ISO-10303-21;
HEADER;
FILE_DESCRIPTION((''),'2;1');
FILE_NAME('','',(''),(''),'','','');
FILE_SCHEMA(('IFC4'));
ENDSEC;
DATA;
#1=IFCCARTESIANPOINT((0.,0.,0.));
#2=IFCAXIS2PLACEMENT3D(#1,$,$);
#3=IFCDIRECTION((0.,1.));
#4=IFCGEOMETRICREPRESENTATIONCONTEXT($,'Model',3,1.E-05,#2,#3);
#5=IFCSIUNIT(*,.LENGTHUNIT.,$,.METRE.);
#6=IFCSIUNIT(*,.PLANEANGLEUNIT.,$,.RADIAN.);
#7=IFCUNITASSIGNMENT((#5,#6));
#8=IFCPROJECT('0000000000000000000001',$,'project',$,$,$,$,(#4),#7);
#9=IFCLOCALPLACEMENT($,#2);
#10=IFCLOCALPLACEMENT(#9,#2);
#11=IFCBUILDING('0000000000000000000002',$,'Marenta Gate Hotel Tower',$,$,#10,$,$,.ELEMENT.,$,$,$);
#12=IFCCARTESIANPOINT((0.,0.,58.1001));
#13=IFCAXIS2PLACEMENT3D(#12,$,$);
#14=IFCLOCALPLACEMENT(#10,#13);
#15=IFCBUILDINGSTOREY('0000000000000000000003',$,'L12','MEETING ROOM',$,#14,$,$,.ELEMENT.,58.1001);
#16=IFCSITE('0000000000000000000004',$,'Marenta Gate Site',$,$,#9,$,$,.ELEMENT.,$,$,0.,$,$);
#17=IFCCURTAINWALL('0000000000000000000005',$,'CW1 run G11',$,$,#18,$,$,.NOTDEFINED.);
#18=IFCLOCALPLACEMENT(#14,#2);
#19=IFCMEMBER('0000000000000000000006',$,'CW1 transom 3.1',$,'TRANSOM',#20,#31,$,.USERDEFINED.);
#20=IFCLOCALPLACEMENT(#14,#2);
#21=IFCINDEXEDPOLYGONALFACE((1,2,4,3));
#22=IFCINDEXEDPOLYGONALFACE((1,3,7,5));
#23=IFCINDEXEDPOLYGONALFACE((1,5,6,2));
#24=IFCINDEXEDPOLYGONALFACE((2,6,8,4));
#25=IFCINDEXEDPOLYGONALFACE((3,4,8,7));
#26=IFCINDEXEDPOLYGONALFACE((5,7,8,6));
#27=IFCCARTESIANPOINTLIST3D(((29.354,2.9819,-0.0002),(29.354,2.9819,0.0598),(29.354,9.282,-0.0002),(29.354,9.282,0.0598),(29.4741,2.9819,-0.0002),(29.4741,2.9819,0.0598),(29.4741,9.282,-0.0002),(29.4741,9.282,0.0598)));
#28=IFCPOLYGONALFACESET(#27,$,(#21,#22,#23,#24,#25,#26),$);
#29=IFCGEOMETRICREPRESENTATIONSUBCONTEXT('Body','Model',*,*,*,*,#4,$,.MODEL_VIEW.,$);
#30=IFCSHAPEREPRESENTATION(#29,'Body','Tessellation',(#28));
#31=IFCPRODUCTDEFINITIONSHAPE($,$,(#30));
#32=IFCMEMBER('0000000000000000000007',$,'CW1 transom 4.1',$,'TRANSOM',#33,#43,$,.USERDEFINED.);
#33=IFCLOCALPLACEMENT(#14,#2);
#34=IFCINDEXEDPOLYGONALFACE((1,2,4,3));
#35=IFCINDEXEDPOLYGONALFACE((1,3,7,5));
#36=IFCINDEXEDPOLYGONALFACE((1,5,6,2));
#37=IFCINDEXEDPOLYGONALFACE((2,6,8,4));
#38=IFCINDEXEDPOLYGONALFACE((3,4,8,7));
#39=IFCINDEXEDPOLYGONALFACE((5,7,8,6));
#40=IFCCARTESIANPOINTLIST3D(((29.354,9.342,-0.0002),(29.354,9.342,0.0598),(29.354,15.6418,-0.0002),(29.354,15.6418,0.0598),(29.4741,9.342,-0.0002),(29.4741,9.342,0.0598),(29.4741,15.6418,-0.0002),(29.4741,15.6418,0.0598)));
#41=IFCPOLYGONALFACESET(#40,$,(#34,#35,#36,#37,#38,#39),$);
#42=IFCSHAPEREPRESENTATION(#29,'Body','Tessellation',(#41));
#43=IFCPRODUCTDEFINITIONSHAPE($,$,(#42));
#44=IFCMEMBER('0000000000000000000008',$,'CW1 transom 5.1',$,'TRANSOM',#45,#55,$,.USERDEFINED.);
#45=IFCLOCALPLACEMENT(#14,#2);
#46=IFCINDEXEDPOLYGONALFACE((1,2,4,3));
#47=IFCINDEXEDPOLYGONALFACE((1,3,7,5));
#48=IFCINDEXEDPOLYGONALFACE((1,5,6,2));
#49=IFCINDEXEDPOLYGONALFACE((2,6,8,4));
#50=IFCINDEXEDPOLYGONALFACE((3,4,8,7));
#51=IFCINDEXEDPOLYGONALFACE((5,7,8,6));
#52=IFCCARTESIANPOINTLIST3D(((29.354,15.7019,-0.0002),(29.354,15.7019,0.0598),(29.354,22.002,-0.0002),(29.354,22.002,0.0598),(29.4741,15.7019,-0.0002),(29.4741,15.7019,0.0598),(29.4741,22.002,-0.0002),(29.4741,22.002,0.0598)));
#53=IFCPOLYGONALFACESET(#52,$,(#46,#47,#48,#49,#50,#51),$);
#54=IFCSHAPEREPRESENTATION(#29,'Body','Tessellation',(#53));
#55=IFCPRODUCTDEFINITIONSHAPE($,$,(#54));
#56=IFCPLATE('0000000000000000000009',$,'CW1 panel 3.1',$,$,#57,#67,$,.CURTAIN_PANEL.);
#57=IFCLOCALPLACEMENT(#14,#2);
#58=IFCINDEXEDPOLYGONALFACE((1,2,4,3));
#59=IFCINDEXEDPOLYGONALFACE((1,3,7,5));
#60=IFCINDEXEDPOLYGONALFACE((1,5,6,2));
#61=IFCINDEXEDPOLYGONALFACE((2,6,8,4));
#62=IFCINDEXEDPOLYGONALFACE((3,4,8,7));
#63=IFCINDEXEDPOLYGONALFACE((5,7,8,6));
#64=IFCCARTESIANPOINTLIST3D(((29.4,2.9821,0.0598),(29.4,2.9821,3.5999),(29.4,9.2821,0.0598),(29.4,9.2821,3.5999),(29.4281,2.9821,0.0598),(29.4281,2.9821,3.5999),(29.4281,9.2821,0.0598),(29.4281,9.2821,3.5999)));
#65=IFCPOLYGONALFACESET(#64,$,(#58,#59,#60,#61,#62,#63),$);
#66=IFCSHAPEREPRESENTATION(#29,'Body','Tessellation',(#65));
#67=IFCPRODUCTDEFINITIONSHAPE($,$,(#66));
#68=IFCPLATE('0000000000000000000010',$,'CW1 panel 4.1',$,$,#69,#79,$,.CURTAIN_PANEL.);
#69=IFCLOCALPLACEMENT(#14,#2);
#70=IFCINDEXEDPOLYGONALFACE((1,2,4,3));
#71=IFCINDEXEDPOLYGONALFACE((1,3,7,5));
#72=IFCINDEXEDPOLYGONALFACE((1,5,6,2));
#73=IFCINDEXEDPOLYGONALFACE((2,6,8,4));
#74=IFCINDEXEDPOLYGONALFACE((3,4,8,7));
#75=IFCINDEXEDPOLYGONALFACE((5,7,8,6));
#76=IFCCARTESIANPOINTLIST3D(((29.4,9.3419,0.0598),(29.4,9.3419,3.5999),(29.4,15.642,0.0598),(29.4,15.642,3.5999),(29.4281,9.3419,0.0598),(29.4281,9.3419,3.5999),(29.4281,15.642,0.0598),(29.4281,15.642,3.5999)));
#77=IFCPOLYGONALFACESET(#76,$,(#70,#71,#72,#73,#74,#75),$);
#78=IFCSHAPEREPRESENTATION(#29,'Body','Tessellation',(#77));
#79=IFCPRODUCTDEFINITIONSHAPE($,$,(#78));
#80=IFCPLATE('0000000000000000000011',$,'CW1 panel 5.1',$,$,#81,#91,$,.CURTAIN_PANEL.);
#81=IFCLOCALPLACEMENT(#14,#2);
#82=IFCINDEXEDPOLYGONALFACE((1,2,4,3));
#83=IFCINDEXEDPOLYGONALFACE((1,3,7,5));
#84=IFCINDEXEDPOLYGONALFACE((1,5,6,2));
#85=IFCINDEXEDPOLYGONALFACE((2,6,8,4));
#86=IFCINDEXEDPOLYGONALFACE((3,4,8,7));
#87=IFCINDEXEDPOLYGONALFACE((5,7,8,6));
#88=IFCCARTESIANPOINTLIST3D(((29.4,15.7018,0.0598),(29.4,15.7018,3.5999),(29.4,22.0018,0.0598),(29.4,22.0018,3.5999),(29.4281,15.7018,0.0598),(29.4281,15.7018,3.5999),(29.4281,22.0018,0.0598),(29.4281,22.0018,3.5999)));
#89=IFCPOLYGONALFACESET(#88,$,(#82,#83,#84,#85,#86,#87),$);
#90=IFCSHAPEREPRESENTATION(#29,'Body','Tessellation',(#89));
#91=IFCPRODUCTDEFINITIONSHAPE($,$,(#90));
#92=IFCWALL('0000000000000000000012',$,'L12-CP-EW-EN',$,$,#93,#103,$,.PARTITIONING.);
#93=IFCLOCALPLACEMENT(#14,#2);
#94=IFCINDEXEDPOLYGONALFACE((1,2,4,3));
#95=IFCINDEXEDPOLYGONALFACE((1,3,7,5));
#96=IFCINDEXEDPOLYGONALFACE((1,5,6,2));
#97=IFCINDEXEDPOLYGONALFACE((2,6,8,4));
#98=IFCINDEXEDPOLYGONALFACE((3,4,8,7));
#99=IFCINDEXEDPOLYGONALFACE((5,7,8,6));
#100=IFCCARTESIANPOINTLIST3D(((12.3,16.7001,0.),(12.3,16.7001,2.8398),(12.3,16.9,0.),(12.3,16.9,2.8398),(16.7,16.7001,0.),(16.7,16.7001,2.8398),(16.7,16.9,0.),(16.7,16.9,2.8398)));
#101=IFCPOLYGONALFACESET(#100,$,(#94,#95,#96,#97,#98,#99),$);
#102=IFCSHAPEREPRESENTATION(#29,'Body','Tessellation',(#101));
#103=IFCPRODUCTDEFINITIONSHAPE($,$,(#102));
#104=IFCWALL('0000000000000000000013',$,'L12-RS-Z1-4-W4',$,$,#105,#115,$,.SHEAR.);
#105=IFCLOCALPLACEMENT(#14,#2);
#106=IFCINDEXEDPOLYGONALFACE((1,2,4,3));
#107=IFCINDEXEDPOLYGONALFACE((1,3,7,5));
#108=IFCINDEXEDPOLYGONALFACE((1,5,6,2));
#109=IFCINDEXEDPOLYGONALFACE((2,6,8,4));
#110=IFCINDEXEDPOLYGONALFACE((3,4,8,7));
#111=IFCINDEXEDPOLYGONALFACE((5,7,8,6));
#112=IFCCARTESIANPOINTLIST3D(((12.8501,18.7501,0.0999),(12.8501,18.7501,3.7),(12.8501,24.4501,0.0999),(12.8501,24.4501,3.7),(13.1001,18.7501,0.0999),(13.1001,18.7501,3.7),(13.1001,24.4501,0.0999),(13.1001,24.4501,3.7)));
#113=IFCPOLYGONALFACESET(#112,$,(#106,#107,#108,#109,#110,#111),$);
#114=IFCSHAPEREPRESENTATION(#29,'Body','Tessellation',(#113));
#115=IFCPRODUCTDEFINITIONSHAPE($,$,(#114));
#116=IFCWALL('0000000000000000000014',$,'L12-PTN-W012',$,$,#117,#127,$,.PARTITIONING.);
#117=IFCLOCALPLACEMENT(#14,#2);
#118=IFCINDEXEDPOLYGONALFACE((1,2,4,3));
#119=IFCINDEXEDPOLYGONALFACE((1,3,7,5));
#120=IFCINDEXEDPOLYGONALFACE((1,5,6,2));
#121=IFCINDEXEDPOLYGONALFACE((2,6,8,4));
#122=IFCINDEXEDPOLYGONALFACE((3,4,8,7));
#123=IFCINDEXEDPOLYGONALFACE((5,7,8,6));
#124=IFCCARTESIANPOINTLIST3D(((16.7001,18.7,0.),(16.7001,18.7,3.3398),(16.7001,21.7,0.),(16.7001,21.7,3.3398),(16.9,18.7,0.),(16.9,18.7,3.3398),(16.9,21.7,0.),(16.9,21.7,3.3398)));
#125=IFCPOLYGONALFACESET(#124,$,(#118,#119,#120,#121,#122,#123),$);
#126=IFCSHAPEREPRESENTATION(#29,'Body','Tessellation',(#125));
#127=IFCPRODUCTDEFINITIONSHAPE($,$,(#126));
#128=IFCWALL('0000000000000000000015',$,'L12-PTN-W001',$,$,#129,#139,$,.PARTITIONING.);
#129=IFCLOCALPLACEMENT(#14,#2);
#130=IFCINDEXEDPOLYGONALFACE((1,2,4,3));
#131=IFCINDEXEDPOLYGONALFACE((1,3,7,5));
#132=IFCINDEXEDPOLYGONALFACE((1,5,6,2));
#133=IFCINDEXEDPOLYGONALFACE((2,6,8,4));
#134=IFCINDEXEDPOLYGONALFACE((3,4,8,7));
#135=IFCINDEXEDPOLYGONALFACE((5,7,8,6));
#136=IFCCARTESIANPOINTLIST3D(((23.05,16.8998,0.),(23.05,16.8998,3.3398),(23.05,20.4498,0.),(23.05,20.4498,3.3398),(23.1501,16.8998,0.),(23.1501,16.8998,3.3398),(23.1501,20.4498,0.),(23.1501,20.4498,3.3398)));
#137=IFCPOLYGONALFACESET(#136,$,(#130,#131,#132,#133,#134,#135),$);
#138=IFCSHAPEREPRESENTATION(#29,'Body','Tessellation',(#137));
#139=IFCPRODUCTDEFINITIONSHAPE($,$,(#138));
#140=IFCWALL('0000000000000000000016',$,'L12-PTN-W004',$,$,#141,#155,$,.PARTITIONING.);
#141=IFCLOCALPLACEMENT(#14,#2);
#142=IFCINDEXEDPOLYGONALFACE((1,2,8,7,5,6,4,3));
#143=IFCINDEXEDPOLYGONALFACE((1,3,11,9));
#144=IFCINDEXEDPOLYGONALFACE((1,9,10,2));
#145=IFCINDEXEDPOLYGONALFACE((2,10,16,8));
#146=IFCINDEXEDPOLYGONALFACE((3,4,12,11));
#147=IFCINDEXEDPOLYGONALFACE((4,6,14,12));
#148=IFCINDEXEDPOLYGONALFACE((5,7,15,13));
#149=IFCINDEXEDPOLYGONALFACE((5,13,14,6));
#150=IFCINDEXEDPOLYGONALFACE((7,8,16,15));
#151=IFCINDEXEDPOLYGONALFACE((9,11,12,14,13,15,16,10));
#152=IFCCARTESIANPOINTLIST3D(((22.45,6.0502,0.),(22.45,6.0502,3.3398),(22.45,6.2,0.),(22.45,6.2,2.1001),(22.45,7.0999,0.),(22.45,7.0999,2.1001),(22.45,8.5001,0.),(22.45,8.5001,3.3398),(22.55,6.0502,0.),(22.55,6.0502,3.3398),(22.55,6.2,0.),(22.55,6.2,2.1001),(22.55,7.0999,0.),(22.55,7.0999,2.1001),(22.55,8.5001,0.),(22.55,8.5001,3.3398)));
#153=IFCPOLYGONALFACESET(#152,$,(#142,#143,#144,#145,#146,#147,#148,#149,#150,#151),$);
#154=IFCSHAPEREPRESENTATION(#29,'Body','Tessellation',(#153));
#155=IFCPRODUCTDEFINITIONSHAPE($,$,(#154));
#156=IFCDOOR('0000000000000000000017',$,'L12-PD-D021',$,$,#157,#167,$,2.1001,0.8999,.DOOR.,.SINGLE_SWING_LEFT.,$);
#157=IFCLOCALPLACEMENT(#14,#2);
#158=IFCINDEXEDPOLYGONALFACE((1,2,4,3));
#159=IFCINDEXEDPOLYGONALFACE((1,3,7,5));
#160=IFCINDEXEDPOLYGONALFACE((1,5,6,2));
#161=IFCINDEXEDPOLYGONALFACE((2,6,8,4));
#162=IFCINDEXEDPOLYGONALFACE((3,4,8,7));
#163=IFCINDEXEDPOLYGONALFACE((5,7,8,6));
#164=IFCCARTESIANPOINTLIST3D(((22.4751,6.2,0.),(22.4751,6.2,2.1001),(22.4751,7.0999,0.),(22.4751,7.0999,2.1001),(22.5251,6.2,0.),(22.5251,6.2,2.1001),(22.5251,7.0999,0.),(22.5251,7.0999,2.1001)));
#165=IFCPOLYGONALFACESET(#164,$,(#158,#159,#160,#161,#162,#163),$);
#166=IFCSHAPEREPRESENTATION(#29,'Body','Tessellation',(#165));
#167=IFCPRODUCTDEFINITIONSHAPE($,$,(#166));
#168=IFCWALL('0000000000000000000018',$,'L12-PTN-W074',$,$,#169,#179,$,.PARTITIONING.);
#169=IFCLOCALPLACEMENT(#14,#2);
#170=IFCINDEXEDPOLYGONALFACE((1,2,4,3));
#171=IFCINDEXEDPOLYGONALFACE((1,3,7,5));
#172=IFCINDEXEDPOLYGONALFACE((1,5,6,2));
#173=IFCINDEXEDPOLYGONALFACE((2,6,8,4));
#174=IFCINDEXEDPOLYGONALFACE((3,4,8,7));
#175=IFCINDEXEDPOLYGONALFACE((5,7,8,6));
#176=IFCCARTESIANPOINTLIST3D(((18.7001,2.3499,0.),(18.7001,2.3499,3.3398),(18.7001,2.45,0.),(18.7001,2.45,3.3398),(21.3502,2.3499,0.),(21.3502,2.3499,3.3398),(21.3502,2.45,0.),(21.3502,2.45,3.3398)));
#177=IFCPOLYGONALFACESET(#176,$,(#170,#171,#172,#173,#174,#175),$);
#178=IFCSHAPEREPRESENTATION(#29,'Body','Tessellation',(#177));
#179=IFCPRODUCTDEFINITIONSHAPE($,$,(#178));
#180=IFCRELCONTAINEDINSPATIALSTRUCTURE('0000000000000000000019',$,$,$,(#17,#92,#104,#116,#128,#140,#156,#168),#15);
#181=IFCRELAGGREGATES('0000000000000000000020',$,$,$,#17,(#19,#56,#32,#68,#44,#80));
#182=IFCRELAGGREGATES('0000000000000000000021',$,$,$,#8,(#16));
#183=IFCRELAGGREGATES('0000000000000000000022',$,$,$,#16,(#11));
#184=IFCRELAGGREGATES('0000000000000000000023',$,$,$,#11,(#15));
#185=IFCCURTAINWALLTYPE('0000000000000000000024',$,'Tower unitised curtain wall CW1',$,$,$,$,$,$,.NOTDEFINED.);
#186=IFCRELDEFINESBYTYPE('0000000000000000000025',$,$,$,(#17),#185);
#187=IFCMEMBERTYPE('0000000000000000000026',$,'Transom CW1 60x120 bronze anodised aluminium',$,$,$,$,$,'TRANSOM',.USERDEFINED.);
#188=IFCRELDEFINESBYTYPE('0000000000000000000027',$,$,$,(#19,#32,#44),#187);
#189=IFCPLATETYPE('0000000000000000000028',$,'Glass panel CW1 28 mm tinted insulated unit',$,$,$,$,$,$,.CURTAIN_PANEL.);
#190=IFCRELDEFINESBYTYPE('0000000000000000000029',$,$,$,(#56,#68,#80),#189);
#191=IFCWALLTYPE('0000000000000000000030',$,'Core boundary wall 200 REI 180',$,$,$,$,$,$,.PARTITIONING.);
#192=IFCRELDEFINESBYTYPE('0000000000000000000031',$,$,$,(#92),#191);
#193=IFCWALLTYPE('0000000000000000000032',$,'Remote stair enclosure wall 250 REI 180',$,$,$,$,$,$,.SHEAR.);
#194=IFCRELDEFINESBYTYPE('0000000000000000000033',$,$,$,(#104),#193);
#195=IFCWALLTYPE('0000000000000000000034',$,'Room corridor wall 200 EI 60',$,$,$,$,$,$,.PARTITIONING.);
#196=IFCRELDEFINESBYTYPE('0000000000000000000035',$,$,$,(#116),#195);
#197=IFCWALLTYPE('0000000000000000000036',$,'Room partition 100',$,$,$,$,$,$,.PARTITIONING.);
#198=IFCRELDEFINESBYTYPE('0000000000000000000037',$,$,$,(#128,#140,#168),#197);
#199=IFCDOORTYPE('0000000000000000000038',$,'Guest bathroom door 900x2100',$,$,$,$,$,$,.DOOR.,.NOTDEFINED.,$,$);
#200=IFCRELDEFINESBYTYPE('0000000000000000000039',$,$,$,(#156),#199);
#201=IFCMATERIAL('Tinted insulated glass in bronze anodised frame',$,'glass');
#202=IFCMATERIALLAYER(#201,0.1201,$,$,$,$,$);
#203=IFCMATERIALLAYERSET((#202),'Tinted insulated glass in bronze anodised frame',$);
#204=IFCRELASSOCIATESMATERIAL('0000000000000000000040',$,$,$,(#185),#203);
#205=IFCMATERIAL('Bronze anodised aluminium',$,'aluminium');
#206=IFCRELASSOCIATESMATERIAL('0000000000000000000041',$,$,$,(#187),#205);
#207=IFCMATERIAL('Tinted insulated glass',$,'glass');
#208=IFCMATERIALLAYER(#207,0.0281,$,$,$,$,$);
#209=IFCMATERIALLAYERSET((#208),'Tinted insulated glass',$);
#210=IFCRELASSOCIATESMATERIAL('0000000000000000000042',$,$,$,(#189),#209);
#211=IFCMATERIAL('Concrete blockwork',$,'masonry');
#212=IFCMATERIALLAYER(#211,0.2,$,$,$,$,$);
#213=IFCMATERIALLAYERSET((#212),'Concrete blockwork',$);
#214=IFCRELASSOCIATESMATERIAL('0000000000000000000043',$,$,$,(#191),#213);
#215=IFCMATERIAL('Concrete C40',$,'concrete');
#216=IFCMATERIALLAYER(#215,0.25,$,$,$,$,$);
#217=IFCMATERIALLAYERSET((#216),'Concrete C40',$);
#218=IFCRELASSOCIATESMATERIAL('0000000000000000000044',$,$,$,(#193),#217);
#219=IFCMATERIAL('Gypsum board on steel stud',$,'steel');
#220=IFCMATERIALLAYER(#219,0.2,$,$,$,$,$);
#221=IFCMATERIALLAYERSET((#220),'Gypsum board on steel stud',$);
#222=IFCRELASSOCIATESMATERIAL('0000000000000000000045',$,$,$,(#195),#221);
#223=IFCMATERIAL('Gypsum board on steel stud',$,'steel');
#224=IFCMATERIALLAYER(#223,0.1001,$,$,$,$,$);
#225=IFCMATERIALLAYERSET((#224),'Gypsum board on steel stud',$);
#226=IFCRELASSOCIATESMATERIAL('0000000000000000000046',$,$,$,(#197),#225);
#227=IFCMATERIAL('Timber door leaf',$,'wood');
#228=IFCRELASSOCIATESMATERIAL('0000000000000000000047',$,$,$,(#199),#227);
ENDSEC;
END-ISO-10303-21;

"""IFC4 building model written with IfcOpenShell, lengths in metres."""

from ifc_helpers import new_model, si_unit, direction, frame, frame_2d, origin, origin_2d, place, context, subcontext, project, spatial, rectangle, extrude, material, layer, layer_set, material_profile, profile_set, type_object, element, fill, aggregate, save


model = new_model("IFC4")

# Units and contexts
model_context = context("Model", 3, precision=1e-05, world=origin(), true_north=direction((0.0, 1.0)))
body_context = subcontext(model_context, "Body", "Model", "MODEL_VIEW")
ifc_project = project(units=[si_unit("LENGTHUNIT", "METRE"), si_unit("PLANEANGLEUNIT", "RADIAN")], contexts=[model_context])

# Site, building, storey
site_placement = place(None, origin())
site = spatial("IfcSite", under=ifc_project, at=site_placement, Name="Marenta Gate Site", CompositionType="ELEMENT", RefElevation=0.0)
building_placement = place(site_placement, origin())
building = spatial("IfcBuilding", under=site, at=building_placement, Name="Marenta Gate Hotel Tower", CompositionType="ELEMENT")
storey_placement = place(building_placement, frame((0.0, 0.0, 58.1001)))
storey = spatial("IfcBuildingStorey", under=building, at=storey_placement, Name="L12", Description="MEETING ROOM", CompositionType="ELEMENT", Elevation=58.1001)

# Curtain wall, members, plates
ifc_material_1 = material(Name="Tinted insulated glass in bronze anodised frame", Category="glass")
ifc_layer_1 = layer(ifc_material_1, 0.1201)
ifc_layer_set_1 = layer_set([ifc_layer_1], Name="Tinted insulated glass in bronze anodised frame")
curtain_wall_type = type_object("IfcCurtainWallType", Name="Tower unitised curtain wall CW1", PredefinedType="NOTDEFINED", material=ifc_layer_set_1)
curtain_wall_placement = place(storey_placement, origin())
curtain_wall = element("IfcCurtainWall", 1, at=curtain_wall_placement, inside=storey, type_object=curtain_wall_type, Name="CW1 run G11", PredefinedType="NOTDEFINED")
ifc_material_2 = material(Name="Bronze anodised aluminium", Category="aluminium")
ifc_material_profile_1 = material_profile(ifc_material_2, rectangle(XDim=0.1201, YDim=0.0601, at=origin_2d()), Name="Transom CW1 60x120 bronze anodised aluminium")
ifc_profile_set_1 = profile_set([ifc_material_profile_1], Name="Bronze anodised aluminium")
member_type_1 = type_object("IfcMemberType", Name="Transom CW1 60x120 bronze anodised aluminium", ElementType="TRANSOM", PredefinedType="USERDEFINED", material=ifc_profile_set_1)
member_1_placement = place(storey_placement, frame((29.4141, 2.9819, 0.0298), z_axis=(0.0, 1.0, 0.0), x_axis=(-1.0, 0.0, 0.0)))
member_1 = element("IfcMember", 2, at=member_1_placement, type_object=member_type_1, Name="CW1 transom 3.1", ObjectType="TRANSOM", PredefinedType="USERDEFINED", context=body_context, shape_type="SweptSolid", body=[
    extrude(rectangle(XDim=0.1201, YDim=0.0601, at=origin_2d()), origin(), (0.0, 0.0, 1.0), 6.3),
])
member_2_placement = place(storey_placement, frame((29.4141, 9.342, 0.0298), z_axis=(0.0, 1.0, 0.0), x_axis=(-1.0, 0.0, 0.0)))
member_2 = element("IfcMember", 3, at=member_2_placement, type_object=member_type_1, Name="CW1 transom 4.1", ObjectType="TRANSOM", PredefinedType="USERDEFINED", context=body_context, shape_type="SweptSolid", body=[
    extrude(rectangle(XDim=0.1201, YDim=0.0601, at=origin_2d()), origin(), (0.0, 0.0, 1.0), 6.2998),
])
member_3_placement = place(storey_placement, frame((29.4141, 15.7019, 0.0298), z_axis=(0.0, 1.0, 0.0), x_axis=(-1.0, 0.0, 0.0)))
member_3 = element("IfcMember", 4, at=member_3_placement, type_object=member_type_1, Name="CW1 transom 5.1", ObjectType="TRANSOM", PredefinedType="USERDEFINED", context=body_context, shape_type="SweptSolid", body=[
    extrude(rectangle(XDim=0.1201, YDim=0.0601, at=origin_2d()), origin(), (0.0, 0.0, 1.0), 6.3),
])
ifc_material_3 = material(Name="Tinted insulated glass", Category="glass")
ifc_layer_2 = layer(ifc_material_3, 0.0281)
ifc_layer_set_2 = layer_set([ifc_layer_2], Name="Tinted insulated glass")
plate_type = type_object("IfcPlateType", Name="Glass panel CW1 28 mm tinted insulated unit", PredefinedType="CURTAIN_PANEL", material=ifc_layer_set_2)
plate_1_placement = place(storey_placement, frame((29.4141, 6.1321, 0.0598), z_axis=(0.0, 0.0, 1.0), x_axis=(0.0, 1.0, 0.0)))
plate_1 = element("IfcPlate", 5, at=plate_1_placement, type_object=plate_type, Name="CW1 panel 3.1", PredefinedType="CURTAIN_PANEL", context=body_context, shape_type="SweptSolid", body=[
    extrude(rectangle(XDim=6.3, YDim=0.0281, at=origin_2d()), origin(), (0.0, 0.0, 1.0), 3.54),
])
plate_2_placement = place(storey_placement, frame((29.4141, 12.4919, 0.0598), z_axis=(0.0, 0.0, 1.0), x_axis=(0.0, 1.0, 0.0)))
plate_2 = element("IfcPlate", 6, at=plate_2_placement, type_object=plate_type, Name="CW1 panel 4.1", PredefinedType="CURTAIN_PANEL", context=body_context, shape_type="SweptSolid", body=[
    extrude(rectangle(XDim=6.3, YDim=0.0281, at=origin_2d()), origin(), (0.0, 0.0, 1.0), 3.54),
])
plate_3_placement = place(storey_placement, frame((29.4141, 18.8518, 0.0598), z_axis=(0.0, 0.0, 1.0), x_axis=(0.0, 1.0, 0.0)))
plate_3 = element("IfcPlate", 7, at=plate_3_placement, type_object=plate_type, Name="CW1 panel 5.1", PredefinedType="CURTAIN_PANEL", context=body_context, shape_type="SweptSolid", body=[
    extrude(rectangle(XDim=6.3, YDim=0.0281, at=origin_2d()), origin(), (0.0, 0.0, 1.0), 3.54),
])
aggregate(curtain_wall, [member_1, plate_1, member_2, plate_2, member_3, plate_3])

# Walls
ifc_material_4 = material(Name="Concrete blockwork", Category="masonry")
ifc_layer_3 = layer(ifc_material_4, 0.2)
ifc_layer_set_3 = layer_set([ifc_layer_3], Name="Concrete blockwork")
wall_type_1 = type_object("IfcWallType", Name="Core boundary wall 200 REI 180", PredefinedType="PARTITIONING", material=ifc_layer_set_3)
wall_1_placement = place(storey_placement, frame((12.3, 16.8, 0.0), z_axis=(0.0, 0.0, 1.0), x_axis=(1.0, 0.0, 0.0)))
element("IfcWall", 8, at=wall_1_placement, inside=storey, type_object=wall_type_1, Name="L12-CP-EW-EN", PredefinedType="PARTITIONING", context=body_context, shape_type="SweptSolid", body=[
    extrude(rectangle(XDim=4.3999, YDim=0.2, at=frame_2d((2.2, 0.0))), origin(), (0.0, 0.0, 1.0), 2.8398),
])
ifc_material_5 = material(Name="Concrete C40", Category="concrete")
ifc_layer_4 = layer(ifc_material_5, 0.25)
ifc_layer_set_4 = layer_set([ifc_layer_4], Name="Concrete C40")
wall_type_2 = type_object("IfcWallType", Name="Remote stair enclosure wall 250 REI 180", PredefinedType="SHEAR", material=ifc_layer_set_4)
wall_2_placement = place(storey_placement, frame((12.9751, 18.75, 0.0999), z_axis=(0.0, 0.0, 1.0), x_axis=(0.0, 1.0, 0.0)))
element("IfcWall", 9, at=wall_2_placement, inside=storey, type_object=wall_type_2, Name="L12-RS-Z1-4-W4", PredefinedType="SHEAR", context=body_context, shape_type="SweptSolid", body=[
    extrude(rectangle(XDim=5.7, YDim=0.25, at=frame_2d((2.8501, 0.0))), origin(), (0.0, 0.0, 1.0), 3.6001),
])
ifc_material_6 = material(Name="Gypsum board on steel stud", Category="steel")
ifc_layer_5 = layer(ifc_material_6, 0.2)
ifc_layer_set_5 = layer_set([ifc_layer_5], Name="Gypsum board on steel stud")
wall_type_3 = type_object("IfcWallType", Name="Room corridor wall 200 EI 60", PredefinedType="PARTITIONING", material=ifc_layer_set_5)
wall_3_placement = place(storey_placement, frame((16.8, 18.7, 0.0), z_axis=(0.0, 0.0, 1.0), x_axis=(0.0, 1.0, 0.0)))
element("IfcWall", 10, at=wall_3_placement, inside=storey, type_object=wall_type_3, Name="L12-PTN-W012", PredefinedType="PARTITIONING", context=body_context, shape_type="SweptSolid", body=[
    extrude(rectangle(XDim=3.0, YDim=0.2, at=frame_2d((1.5, 0.0))), origin(), (0.0, 0.0, 1.0), 3.3398),
])

# Wall
ifc_material_7 = material(Name="Gypsum board on steel stud", Category="steel")
ifc_layer_6 = layer(ifc_material_7, 0.1001)
ifc_layer_set_6 = layer_set([ifc_layer_6], Name="Gypsum board on steel stud")
wall_type_4 = type_object("IfcWallType", Name="Room partition 100", PredefinedType="PARTITIONING", material=ifc_layer_set_6)
wall_4_placement = place(storey_placement, frame((23.1001, 16.8999, 0.0), z_axis=(0.0, 0.0, 1.0), x_axis=(0.0, 1.0, 0.0)))
element("IfcWall", 11, at=wall_4_placement, inside=storey, type_object=wall_type_4, Name="L12-PTN-W001", PredefinedType="PARTITIONING", context=body_context, shape_type="SweptSolid", body=[
    extrude(rectangle(XDim=3.55, YDim=0.1001, at=frame_2d((1.7749, 0.0))), origin(), (0.0, 0.0, 1.0), 3.3398),
])

# Wall, opening, door
wall_5_placement = place(storey_placement, frame((22.5, 6.05, 0.0), z_axis=(0.0, 0.0, 1.0), x_axis=(0.0, 1.0, 0.0)))
wall_5 = element("IfcWall", 12, at=wall_5_placement, inside=storey, type_object=wall_type_4, Name="L12-PTN-W004", PredefinedType="PARTITIONING", context=body_context, shape_type="SweptSolid", body=[
    extrude(rectangle(XDim=2.45, YDim=0.1001, at=frame_2d((1.2251, 0.0))), origin(), (0.0, 0.0, 1.0), 3.3398),
])
opening_1_placement = place(wall_5_placement, frame((0.1499, 0.0, 0.0)))
opening_1 = element("IfcOpeningElement", 13, at=opening_1_placement, cuts=wall_5, PredefinedType="OPENING", context=body_context, shape_type="SweptSolid", body=[
    extrude(rectangle(XDim=0.8999, YDim=2.1001, at=frame_2d((0.45, 1.05))), frame((0.0, 0.05, 0.0), z_axis=(0.0, -1.0, 0.0), x_axis=(1.0, 0.0, 0.0)), (0.0, 0.0, 1.0), 0.1001),
])
ifc_material_8 = material(Name="Timber door leaf", Category="wood")
door_type_1 = type_object("IfcDoorType", Name="Guest bathroom door 900x2100", OperationType="NOTDEFINED", PredefinedType="DOOR", material=ifc_material_8)
door_1_placement = place(opening_1_placement, origin())
door_1 = element("IfcDoor", 14, at=door_1_placement, inside=storey, type_object=door_type_1, Name="L12-PD-D021", OperationType="SINGLE_SWING_LEFT", OverallHeight=2.1001, OverallWidth=0.8999, PredefinedType="DOOR", context=body_context, shape_type="SweptSolid", body=[
    extrude(rectangle(XDim=0.8999, YDim=2.1001, at=frame_2d((0.45, 1.05))), frame((0.0, 0.0249, 0.0), z_axis=(0.0, -1.0, 0.0), x_axis=(1.0, 0.0, 0.0)), (0.0, 0.0, 1.0), 0.05),
])
fill(opening_1, door_1)

# Wall
wall_6_placement = place(storey_placement, frame((18.7, 2.3999, 0.0), z_axis=(0.0, 0.0, 1.0), x_axis=(1.0, 0.0, 0.0)))
element("IfcWall", 15, at=wall_6_placement, inside=storey, type_object=wall_type_4, Name="L12-PTN-W074", PredefinedType="PARTITIONING", context=body_context, shape_type="SweptSolid", body=[
    extrude(rectangle(XDim=2.6501, YDim=0.1001, at=frame_2d((1.3252, 0.0))), origin(), (0.0, 0.0, 1.0), 3.3398),
])

save(model, "model.ifc")
